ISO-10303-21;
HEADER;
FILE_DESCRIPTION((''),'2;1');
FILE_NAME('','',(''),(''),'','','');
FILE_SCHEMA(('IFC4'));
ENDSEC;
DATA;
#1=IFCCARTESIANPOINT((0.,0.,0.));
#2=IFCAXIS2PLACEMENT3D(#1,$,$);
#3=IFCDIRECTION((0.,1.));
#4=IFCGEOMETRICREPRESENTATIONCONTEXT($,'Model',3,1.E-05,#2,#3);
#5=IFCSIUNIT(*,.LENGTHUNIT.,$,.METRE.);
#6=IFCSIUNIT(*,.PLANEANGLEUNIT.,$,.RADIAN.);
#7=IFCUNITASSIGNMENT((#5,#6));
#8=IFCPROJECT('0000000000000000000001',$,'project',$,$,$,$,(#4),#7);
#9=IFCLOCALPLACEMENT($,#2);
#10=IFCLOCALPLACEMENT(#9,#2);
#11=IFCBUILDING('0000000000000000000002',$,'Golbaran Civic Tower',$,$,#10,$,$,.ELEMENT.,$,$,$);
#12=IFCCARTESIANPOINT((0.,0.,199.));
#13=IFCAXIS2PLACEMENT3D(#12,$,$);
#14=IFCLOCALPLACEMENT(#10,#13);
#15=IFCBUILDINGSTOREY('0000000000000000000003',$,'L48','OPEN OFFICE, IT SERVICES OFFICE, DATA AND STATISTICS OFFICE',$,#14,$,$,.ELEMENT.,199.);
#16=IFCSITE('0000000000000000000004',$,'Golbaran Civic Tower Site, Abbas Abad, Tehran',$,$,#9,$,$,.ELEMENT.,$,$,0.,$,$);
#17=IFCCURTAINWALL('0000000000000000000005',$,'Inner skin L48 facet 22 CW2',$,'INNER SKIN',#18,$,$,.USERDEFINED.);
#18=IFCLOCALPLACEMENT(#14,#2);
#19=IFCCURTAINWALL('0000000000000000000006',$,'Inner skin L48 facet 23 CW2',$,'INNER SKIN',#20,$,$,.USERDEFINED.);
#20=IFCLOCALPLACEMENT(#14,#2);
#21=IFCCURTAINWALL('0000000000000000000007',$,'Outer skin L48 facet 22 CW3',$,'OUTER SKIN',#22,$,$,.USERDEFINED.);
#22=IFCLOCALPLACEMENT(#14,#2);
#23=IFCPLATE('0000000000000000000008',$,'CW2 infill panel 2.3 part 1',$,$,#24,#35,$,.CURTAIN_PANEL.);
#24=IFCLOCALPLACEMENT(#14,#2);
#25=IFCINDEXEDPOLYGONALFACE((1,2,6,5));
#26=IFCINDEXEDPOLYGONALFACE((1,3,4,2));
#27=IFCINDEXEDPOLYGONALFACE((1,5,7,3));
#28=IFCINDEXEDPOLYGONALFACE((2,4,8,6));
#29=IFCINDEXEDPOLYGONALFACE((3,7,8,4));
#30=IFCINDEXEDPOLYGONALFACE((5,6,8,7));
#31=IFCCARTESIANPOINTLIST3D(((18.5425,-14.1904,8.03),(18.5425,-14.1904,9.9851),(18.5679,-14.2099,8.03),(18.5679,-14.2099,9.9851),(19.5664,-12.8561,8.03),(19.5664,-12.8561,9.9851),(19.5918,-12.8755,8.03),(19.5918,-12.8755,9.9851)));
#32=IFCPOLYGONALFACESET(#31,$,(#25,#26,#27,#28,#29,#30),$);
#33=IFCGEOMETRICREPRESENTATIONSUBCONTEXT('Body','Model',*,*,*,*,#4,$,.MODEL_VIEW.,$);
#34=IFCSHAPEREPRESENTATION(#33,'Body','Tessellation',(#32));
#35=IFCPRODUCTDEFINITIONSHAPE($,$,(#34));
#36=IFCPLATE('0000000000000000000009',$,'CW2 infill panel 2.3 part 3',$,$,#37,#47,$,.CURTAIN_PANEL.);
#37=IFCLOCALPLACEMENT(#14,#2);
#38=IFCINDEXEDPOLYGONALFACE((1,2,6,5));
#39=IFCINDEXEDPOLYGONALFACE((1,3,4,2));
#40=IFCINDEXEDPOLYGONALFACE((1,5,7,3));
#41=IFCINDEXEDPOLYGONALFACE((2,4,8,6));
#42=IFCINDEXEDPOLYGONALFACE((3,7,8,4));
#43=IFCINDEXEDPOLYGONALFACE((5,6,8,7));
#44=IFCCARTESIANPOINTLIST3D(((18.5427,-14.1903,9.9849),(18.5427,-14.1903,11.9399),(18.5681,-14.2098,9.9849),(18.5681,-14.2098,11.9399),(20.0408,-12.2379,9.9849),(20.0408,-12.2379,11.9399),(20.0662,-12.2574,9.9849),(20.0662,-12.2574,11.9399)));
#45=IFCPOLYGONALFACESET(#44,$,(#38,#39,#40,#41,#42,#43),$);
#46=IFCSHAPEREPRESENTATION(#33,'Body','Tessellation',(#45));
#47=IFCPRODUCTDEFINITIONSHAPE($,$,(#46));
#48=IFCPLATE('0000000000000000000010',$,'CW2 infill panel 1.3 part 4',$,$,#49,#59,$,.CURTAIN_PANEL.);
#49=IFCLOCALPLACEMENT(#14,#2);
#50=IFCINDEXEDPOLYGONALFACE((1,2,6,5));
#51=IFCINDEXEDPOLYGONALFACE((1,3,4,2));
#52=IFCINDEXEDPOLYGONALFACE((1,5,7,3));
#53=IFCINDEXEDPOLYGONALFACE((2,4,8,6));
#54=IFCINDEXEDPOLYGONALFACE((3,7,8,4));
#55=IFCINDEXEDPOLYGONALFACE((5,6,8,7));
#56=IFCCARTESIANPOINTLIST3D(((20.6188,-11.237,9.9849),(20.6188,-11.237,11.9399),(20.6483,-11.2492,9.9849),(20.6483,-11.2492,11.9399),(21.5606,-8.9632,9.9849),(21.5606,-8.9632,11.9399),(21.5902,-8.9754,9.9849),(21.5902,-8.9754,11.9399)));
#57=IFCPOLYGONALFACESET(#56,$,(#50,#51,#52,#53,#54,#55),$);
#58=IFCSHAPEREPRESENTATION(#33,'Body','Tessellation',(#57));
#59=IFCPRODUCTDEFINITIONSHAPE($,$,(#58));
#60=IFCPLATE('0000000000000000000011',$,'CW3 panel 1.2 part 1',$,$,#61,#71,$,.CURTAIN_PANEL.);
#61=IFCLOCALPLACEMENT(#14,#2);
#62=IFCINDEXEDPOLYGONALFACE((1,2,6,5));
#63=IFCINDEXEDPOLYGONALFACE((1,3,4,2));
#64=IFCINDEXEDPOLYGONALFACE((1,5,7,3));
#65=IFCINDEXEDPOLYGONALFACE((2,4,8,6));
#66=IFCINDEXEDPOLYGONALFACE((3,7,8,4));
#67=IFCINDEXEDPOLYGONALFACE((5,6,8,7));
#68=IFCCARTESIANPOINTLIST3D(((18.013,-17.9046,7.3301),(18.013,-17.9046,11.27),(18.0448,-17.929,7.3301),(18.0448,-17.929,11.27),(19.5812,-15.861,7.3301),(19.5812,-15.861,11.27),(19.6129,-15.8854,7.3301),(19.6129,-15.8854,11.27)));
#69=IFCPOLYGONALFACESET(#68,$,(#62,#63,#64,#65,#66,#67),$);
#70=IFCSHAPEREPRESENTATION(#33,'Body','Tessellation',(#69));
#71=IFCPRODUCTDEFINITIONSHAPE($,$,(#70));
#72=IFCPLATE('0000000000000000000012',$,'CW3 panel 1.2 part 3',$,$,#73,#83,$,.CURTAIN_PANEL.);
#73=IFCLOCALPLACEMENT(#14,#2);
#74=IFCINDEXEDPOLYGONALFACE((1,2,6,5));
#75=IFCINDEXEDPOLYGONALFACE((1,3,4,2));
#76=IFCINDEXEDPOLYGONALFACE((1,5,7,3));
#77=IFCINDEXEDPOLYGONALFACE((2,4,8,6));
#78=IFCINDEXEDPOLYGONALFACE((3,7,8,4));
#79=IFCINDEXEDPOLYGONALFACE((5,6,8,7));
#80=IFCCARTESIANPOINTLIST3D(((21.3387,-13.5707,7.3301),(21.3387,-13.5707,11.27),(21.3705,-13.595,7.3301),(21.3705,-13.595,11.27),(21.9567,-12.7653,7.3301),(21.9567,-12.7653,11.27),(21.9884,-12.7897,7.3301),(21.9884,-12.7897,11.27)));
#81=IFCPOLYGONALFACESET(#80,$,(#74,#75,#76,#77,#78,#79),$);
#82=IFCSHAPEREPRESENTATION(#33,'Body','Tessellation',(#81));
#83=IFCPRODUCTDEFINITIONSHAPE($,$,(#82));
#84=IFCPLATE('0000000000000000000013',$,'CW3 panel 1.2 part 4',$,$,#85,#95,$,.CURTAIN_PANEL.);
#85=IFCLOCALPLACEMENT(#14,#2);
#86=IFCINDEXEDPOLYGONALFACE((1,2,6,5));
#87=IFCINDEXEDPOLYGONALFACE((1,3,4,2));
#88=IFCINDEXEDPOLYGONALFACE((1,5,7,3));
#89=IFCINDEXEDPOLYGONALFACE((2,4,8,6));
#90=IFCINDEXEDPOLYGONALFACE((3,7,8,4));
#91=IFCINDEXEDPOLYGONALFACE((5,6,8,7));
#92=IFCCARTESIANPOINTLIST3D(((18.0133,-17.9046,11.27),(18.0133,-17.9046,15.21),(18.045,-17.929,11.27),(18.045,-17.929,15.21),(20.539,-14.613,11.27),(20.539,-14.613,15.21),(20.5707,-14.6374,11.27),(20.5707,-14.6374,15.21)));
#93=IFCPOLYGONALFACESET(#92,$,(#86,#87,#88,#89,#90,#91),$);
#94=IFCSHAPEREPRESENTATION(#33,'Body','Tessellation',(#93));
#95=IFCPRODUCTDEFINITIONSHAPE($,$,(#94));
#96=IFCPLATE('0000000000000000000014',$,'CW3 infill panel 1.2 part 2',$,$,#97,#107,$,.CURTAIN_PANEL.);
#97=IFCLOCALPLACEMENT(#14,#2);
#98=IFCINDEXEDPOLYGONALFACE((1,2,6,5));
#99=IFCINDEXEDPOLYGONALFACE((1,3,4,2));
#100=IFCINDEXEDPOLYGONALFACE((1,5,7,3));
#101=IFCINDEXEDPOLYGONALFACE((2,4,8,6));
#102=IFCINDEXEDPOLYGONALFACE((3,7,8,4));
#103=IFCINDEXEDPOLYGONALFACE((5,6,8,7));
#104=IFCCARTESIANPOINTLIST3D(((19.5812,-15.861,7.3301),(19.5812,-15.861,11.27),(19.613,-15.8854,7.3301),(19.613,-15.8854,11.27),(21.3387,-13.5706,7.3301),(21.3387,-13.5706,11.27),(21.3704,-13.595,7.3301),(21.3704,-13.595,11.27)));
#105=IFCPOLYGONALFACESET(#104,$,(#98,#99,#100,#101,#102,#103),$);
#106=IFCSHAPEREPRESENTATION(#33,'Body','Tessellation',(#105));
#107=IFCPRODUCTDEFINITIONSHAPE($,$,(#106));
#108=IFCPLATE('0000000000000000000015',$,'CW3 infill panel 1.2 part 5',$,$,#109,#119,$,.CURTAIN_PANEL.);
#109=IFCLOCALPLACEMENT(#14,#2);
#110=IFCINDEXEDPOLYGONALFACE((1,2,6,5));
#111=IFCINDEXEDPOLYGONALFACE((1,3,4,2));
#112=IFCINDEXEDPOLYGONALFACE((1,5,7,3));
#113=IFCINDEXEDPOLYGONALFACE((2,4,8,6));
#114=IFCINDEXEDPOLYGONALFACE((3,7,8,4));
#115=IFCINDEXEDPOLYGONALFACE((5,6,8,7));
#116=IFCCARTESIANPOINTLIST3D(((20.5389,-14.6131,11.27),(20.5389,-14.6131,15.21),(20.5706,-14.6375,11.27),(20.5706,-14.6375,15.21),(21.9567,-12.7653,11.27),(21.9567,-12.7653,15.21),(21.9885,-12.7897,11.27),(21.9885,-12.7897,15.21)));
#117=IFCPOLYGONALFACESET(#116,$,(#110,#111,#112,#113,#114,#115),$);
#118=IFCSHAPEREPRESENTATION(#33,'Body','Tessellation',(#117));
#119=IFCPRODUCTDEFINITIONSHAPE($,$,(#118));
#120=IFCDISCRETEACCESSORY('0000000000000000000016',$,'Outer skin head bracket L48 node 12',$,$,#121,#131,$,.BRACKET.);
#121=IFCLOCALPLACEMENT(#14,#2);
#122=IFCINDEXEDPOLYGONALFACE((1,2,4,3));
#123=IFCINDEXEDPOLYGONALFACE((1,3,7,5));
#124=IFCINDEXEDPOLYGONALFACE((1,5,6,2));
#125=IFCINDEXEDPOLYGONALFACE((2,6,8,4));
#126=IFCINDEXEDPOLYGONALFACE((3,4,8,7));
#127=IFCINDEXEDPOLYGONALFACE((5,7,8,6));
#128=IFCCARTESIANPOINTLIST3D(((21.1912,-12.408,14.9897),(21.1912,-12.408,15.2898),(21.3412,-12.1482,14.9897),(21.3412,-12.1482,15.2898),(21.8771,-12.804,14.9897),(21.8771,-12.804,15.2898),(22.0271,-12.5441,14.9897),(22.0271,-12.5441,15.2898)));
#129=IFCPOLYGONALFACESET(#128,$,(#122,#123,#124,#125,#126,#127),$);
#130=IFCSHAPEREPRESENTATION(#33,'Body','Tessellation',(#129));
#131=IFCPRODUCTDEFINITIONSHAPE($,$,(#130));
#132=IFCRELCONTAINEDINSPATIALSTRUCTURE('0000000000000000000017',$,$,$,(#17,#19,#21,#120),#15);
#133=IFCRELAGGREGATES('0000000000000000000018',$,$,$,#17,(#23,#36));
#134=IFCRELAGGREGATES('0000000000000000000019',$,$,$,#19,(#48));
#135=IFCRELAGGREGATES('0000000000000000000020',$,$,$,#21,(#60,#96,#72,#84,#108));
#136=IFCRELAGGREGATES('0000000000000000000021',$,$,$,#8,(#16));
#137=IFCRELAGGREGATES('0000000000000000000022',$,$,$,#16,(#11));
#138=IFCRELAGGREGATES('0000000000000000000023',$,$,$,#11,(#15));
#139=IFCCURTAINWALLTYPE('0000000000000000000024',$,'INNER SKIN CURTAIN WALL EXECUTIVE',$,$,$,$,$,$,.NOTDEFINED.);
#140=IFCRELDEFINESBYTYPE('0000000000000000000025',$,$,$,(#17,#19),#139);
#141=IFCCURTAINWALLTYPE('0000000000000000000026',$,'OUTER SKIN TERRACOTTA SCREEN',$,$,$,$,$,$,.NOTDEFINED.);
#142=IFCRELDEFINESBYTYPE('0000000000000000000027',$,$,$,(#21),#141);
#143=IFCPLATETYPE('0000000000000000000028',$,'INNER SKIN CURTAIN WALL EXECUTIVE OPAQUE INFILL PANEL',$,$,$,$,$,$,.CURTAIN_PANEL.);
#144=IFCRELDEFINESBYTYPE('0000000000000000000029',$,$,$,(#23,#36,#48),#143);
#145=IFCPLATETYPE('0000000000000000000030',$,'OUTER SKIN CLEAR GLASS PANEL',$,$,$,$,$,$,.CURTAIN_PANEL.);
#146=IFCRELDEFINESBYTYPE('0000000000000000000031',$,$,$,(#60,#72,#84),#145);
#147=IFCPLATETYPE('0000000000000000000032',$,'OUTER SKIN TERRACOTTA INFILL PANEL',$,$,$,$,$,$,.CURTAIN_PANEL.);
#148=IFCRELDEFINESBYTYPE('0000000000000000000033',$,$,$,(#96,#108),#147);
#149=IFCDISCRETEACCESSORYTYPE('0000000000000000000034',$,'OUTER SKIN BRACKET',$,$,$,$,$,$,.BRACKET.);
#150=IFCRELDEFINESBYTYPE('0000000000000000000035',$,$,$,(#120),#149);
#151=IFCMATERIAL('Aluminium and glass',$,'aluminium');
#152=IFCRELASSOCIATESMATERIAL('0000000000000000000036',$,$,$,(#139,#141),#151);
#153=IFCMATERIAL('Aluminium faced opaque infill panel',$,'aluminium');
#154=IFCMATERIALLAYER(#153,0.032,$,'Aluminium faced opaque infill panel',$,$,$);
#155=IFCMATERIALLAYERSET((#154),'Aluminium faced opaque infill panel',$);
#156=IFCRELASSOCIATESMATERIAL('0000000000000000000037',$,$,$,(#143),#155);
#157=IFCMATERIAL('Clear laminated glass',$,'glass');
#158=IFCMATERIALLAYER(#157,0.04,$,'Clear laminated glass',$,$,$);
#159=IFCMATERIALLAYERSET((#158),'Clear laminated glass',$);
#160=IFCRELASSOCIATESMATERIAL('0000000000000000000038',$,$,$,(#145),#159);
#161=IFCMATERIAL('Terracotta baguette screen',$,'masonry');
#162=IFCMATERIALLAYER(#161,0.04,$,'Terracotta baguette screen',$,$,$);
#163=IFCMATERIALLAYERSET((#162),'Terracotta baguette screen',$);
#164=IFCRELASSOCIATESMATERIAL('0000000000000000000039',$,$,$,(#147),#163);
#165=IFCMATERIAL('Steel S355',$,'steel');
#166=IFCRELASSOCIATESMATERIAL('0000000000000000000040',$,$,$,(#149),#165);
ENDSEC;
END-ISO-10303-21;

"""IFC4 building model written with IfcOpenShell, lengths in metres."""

from ifc_helpers import new_model, si_unit, direction, frame, origin, origin_2d, place, context, subcontext, project, spatial, rectangle, extrude, material, layer, layer_set, type_object, element, aggregate, save


model = new_model("IFC4")

# Units and contexts
model_context = context("Model", 3, precision=1e-05, world=origin(), true_north=direction((0.0, 1.0)))
body_context = subcontext(model_context, "Body", "Model", "MODEL_VIEW")
ifc_project = project(units=[si_unit("LENGTHUNIT", "METRE"), si_unit("PLANEANGLEUNIT", "RADIAN")], contexts=[model_context])

# Site, building, storey
site_placement = place(None, origin())
site = spatial("IfcSite", under=ifc_project, at=site_placement, Name="Golbaran Civic Tower Site, Abbas Abad, Tehran", CompositionType="ELEMENT", RefElevation=0.0)
building_placement = place(site_placement, origin())
building = spatial("IfcBuilding", under=site, at=building_placement, Name="Golbaran Civic Tower", CompositionType="ELEMENT")
storey_placement = place(building_placement, frame((0.0, 0.0, 199.0)))
storey = spatial("IfcBuildingStorey", under=building, at=storey_placement, Name="L48", Description="OPEN OFFICE, IT SERVICES OFFICE, DATA AND STATISTICS OFFICE", CompositionType="ELEMENT", Elevation=199.0)

# Curtain walls
ifc_material_1 = material(Name="Aluminium and glass", Category="aluminium")
curtain_wall_type_1 = type_object("IfcCurtainWallType", Name="INNER SKIN CURTAIN WALL EXECUTIVE", PredefinedType="NOTDEFINED", material=ifc_material_1)
curtain_wall_1_placement = place(storey_placement, origin())
curtain_wall_1 = element("IfcCurtainWall", 1, at=curtain_wall_1_placement, inside=storey, type_object=curtain_wall_type_1, Name="Inner skin L48 facet 22 CW2", ObjectType="INNER SKIN", PredefinedType="USERDEFINED")
curtain_wall_2_placement = place(storey_placement, origin())
curtain_wall_2 = element("IfcCurtainWall", 2, at=curtain_wall_2_placement, inside=storey, type_object=curtain_wall_type_1, Name="Inner skin L48 facet 23 CW2", ObjectType="INNER SKIN", PredefinedType="USERDEFINED")
curtain_wall_type_2 = type_object("IfcCurtainWallType", Name="OUTER SKIN TERRACOTTA SCREEN", PredefinedType="NOTDEFINED", material=ifc_material_1)
curtain_wall_3_placement = place(storey_placement, origin())
curtain_wall_3 = element("IfcCurtainWall", 3, at=curtain_wall_3_placement, inside=storey, type_object=curtain_wall_type_2, Name="Outer skin L48 facet 22 CW3", ObjectType="OUTER SKIN", PredefinedType="USERDEFINED")

# Plates
ifc_material_2 = material(Name="Aluminium faced opaque infill panel", Category="aluminium")
ifc_layer_1 = layer(ifc_material_2, 0.032, Name="Aluminium faced opaque infill panel")
ifc_layer_set_1 = layer_set([ifc_layer_1], Name="Aluminium faced opaque infill panel")
plate_type_1 = type_object("IfcPlateType", Name="INNER SKIN CURTAIN WALL EXECUTIVE OPAQUE INFILL PANEL", PredefinedType="CURTAIN_PANEL", material=ifc_layer_set_1)
plate_1_placement = place(storey_placement, frame((19.0671, -13.533, 8.03), z_axis=(0.0, 0.0, 1.0), x_axis=(0.608761, 0.793353, 0.0)))
plate_1 = element("IfcPlate", 4, at=plate_1_placement, type_object=plate_type_1, Name="CW2 infill panel 2.3 part 1", PredefinedType="CURTAIN_PANEL", context=body_context, shape_type="SweptSolid", body=[
    extrude(rectangle(XDim=1.6819, YDim=0.032, at=origin_2d()), origin(), (0.0, 0.0, 1.0), 1.9551),
])
plate_2_placement = place(storey_placement, frame((19.3044, -13.2239, 9.9849), z_axis=(0.0, 0.0, 1.0), x_axis=(0.608761, 0.793353, 0.0)))
plate_2 = element("IfcPlate", 5, at=plate_2_placement, type_object=plate_type_1, Name="CW2 infill panel 2.3 part 3", PredefinedType="CURTAIN_PANEL", context=body_context, shape_type="SweptSolid", body=[
    extrude(rectangle(XDim=2.4609, YDim=0.032, at=origin_2d()), origin(), (0.0, 0.0, 1.0), 1.9551),
])
aggregate(curtain_wall_1, [plate_1, plate_2])
plate_3_placement = place(storey_placement, frame((21.1045, -10.1062, 9.9849), z_axis=(0.0, 0.0, 1.0), x_axis=(0.382683, 0.92388, 0.0)))
plate_3 = element("IfcPlate", 6, at=plate_3_placement, type_object=plate_type_1, Name="CW2 infill panel 1.3 part 4", PredefinedType="CURTAIN_PANEL", context=body_context, shape_type="SweptSolid", body=[
    extrude(rectangle(XDim=2.4612, YDim=0.032, at=origin_2d()), origin(), (0.0, 0.0, 1.0), 1.9551),
])
aggregate(curtain_wall_2, [plate_3])
ifc_material_3 = material(Name="Clear laminated glass", Category="glass")
ifc_layer_2 = layer(ifc_material_3, 0.04, Name="Clear laminated glass")
ifc_layer_set_2 = layer_set([ifc_layer_2], Name="Clear laminated glass")
plate_type_2 = type_object("IfcPlateType", Name="OUTER SKIN CLEAR GLASS PANEL", PredefinedType="CURTAIN_PANEL", material=ifc_layer_set_2)
plate_4_placement = place(storey_placement, frame((18.813, -16.895, 7.3301), z_axis=(0.0, 0.0, 1.0), x_axis=(0.608761, 0.793353, 0.0)))
plate_4 = element("IfcPlate", 7, at=plate_4_placement, type_object=plate_type_2, Name="CW3 panel 1.2 part 1", PredefinedType="CURTAIN_PANEL", context=body_context, shape_type="SweptSolid", body=[
    extrude(rectangle(XDim=2.5759, YDim=0.04, at=origin_2d()), origin(), (0.0, 0.0, 1.0), 3.9399),
])
plate_5_placement = place(storey_placement, frame((21.6636, -13.1802, 7.3301), z_axis=(0.0, 0.0, 1.0), x_axis=(0.608761, 0.793353, 0.0)))
plate_5 = element("IfcPlate", 8, at=plate_5_placement, type_object=plate_type_2, Name="CW3 panel 1.2 part 3", PredefinedType="CURTAIN_PANEL", context=body_context, shape_type="SweptSolid", body=[
    extrude(rectangle(XDim=1.0151, YDim=0.04, at=origin_2d()), origin(), (0.0, 0.0, 1.0), 3.9399),
])
plate_6_placement = place(storey_placement, frame((19.292, -16.271, 11.27), z_axis=(0.0, 0.0, 1.0), x_axis=(0.608761, 0.793353, 0.0)))
plate_6 = element("IfcPlate", 9, at=plate_6_placement, type_object=plate_type_2, Name="CW3 panel 1.2 part 4", PredefinedType="CURTAIN_PANEL", context=body_context, shape_type="SweptSolid", body=[
    extrude(rectangle(XDim=4.1489, YDim=0.04, at=origin_2d()), origin(), (0.0, 0.0, 1.0), 3.9399),
])
ifc_material_4 = material(Name="Terracotta baguette screen", Category="masonry")
ifc_layer_3 = layer(ifc_material_4, 0.04, Name="Terracotta baguette screen")
ifc_layer_set_3 = layer_set([ifc_layer_3], Name="Terracotta baguette screen")
plate_type_3 = type_object("IfcPlateType", Name="OUTER SKIN TERRACOTTA INFILL PANEL", PredefinedType="CURTAIN_PANEL", material=ifc_layer_set_3)
plate_7_placement = place(storey_placement, frame((20.4758, -14.728, 7.3301), z_axis=(0.0, 0.0, 1.0), x_axis=(0.608761, 0.793353, 0.0)))
plate_7 = element("IfcPlate", 10, at=plate_7_placement, type_object=plate_type_3, Name="CW3 infill panel 1.2 part 2", PredefinedType="CURTAIN_PANEL", context=body_context, shape_type="SweptSolid", body=[
    extrude(rectangle(XDim=2.887, YDim=0.04, at=origin_2d()), origin(), (0.0, 0.0, 1.0), 3.9399),
])
plate_8_placement = place(storey_placement, frame((21.2637, -13.7014, 11.27), z_axis=(0.0, 0.0, 1.0), x_axis=(0.608761, 0.793353, 0.0)))
plate_8 = element("IfcPlate", 11, at=plate_8_placement, type_object=plate_type_3, Name="CW3 infill panel 1.2 part 5", PredefinedType="CURTAIN_PANEL", context=body_context, shape_type="SweptSolid", body=[
    extrude(rectangle(XDim=2.3291, YDim=0.04, at=origin_2d()), origin(), (0.0, 0.0, 1.0), 3.9399),
])
aggregate(curtain_wall_3, [plate_4, plate_7, plate_5, plate_6, plate_8])

# Discrete accessory
ifc_material_5 = material(Name="Steel S355", Category="steel")
discrete_accessory_type = type_object("IfcDiscreteAccessoryType", Name="OUTER SKIN BRACKET", PredefinedType="BRACKET", material=ifc_material_5)
discrete_accessory_placement = place(storey_placement, frame((21.6091, -12.4761, 14.9897), z_axis=(0.0, 0.0, 1.0), x_axis=(0.866025, -0.5, 0.0)))
element("IfcDiscreteAccessory", 12, at=discrete_accessory_placement, inside=storey, type_object=discrete_accessory_type, Name="Outer skin head bracket L48 node 12", PredefinedType="BRACKET", context=body_context, shape_type="SweptSolid", body=[
    extrude(rectangle(XDim=0.792, YDim=0.3, at=origin_2d()), origin(), (0.0, 0.0, 1.0), 0.3),
])

save(model, "model.ifc")
